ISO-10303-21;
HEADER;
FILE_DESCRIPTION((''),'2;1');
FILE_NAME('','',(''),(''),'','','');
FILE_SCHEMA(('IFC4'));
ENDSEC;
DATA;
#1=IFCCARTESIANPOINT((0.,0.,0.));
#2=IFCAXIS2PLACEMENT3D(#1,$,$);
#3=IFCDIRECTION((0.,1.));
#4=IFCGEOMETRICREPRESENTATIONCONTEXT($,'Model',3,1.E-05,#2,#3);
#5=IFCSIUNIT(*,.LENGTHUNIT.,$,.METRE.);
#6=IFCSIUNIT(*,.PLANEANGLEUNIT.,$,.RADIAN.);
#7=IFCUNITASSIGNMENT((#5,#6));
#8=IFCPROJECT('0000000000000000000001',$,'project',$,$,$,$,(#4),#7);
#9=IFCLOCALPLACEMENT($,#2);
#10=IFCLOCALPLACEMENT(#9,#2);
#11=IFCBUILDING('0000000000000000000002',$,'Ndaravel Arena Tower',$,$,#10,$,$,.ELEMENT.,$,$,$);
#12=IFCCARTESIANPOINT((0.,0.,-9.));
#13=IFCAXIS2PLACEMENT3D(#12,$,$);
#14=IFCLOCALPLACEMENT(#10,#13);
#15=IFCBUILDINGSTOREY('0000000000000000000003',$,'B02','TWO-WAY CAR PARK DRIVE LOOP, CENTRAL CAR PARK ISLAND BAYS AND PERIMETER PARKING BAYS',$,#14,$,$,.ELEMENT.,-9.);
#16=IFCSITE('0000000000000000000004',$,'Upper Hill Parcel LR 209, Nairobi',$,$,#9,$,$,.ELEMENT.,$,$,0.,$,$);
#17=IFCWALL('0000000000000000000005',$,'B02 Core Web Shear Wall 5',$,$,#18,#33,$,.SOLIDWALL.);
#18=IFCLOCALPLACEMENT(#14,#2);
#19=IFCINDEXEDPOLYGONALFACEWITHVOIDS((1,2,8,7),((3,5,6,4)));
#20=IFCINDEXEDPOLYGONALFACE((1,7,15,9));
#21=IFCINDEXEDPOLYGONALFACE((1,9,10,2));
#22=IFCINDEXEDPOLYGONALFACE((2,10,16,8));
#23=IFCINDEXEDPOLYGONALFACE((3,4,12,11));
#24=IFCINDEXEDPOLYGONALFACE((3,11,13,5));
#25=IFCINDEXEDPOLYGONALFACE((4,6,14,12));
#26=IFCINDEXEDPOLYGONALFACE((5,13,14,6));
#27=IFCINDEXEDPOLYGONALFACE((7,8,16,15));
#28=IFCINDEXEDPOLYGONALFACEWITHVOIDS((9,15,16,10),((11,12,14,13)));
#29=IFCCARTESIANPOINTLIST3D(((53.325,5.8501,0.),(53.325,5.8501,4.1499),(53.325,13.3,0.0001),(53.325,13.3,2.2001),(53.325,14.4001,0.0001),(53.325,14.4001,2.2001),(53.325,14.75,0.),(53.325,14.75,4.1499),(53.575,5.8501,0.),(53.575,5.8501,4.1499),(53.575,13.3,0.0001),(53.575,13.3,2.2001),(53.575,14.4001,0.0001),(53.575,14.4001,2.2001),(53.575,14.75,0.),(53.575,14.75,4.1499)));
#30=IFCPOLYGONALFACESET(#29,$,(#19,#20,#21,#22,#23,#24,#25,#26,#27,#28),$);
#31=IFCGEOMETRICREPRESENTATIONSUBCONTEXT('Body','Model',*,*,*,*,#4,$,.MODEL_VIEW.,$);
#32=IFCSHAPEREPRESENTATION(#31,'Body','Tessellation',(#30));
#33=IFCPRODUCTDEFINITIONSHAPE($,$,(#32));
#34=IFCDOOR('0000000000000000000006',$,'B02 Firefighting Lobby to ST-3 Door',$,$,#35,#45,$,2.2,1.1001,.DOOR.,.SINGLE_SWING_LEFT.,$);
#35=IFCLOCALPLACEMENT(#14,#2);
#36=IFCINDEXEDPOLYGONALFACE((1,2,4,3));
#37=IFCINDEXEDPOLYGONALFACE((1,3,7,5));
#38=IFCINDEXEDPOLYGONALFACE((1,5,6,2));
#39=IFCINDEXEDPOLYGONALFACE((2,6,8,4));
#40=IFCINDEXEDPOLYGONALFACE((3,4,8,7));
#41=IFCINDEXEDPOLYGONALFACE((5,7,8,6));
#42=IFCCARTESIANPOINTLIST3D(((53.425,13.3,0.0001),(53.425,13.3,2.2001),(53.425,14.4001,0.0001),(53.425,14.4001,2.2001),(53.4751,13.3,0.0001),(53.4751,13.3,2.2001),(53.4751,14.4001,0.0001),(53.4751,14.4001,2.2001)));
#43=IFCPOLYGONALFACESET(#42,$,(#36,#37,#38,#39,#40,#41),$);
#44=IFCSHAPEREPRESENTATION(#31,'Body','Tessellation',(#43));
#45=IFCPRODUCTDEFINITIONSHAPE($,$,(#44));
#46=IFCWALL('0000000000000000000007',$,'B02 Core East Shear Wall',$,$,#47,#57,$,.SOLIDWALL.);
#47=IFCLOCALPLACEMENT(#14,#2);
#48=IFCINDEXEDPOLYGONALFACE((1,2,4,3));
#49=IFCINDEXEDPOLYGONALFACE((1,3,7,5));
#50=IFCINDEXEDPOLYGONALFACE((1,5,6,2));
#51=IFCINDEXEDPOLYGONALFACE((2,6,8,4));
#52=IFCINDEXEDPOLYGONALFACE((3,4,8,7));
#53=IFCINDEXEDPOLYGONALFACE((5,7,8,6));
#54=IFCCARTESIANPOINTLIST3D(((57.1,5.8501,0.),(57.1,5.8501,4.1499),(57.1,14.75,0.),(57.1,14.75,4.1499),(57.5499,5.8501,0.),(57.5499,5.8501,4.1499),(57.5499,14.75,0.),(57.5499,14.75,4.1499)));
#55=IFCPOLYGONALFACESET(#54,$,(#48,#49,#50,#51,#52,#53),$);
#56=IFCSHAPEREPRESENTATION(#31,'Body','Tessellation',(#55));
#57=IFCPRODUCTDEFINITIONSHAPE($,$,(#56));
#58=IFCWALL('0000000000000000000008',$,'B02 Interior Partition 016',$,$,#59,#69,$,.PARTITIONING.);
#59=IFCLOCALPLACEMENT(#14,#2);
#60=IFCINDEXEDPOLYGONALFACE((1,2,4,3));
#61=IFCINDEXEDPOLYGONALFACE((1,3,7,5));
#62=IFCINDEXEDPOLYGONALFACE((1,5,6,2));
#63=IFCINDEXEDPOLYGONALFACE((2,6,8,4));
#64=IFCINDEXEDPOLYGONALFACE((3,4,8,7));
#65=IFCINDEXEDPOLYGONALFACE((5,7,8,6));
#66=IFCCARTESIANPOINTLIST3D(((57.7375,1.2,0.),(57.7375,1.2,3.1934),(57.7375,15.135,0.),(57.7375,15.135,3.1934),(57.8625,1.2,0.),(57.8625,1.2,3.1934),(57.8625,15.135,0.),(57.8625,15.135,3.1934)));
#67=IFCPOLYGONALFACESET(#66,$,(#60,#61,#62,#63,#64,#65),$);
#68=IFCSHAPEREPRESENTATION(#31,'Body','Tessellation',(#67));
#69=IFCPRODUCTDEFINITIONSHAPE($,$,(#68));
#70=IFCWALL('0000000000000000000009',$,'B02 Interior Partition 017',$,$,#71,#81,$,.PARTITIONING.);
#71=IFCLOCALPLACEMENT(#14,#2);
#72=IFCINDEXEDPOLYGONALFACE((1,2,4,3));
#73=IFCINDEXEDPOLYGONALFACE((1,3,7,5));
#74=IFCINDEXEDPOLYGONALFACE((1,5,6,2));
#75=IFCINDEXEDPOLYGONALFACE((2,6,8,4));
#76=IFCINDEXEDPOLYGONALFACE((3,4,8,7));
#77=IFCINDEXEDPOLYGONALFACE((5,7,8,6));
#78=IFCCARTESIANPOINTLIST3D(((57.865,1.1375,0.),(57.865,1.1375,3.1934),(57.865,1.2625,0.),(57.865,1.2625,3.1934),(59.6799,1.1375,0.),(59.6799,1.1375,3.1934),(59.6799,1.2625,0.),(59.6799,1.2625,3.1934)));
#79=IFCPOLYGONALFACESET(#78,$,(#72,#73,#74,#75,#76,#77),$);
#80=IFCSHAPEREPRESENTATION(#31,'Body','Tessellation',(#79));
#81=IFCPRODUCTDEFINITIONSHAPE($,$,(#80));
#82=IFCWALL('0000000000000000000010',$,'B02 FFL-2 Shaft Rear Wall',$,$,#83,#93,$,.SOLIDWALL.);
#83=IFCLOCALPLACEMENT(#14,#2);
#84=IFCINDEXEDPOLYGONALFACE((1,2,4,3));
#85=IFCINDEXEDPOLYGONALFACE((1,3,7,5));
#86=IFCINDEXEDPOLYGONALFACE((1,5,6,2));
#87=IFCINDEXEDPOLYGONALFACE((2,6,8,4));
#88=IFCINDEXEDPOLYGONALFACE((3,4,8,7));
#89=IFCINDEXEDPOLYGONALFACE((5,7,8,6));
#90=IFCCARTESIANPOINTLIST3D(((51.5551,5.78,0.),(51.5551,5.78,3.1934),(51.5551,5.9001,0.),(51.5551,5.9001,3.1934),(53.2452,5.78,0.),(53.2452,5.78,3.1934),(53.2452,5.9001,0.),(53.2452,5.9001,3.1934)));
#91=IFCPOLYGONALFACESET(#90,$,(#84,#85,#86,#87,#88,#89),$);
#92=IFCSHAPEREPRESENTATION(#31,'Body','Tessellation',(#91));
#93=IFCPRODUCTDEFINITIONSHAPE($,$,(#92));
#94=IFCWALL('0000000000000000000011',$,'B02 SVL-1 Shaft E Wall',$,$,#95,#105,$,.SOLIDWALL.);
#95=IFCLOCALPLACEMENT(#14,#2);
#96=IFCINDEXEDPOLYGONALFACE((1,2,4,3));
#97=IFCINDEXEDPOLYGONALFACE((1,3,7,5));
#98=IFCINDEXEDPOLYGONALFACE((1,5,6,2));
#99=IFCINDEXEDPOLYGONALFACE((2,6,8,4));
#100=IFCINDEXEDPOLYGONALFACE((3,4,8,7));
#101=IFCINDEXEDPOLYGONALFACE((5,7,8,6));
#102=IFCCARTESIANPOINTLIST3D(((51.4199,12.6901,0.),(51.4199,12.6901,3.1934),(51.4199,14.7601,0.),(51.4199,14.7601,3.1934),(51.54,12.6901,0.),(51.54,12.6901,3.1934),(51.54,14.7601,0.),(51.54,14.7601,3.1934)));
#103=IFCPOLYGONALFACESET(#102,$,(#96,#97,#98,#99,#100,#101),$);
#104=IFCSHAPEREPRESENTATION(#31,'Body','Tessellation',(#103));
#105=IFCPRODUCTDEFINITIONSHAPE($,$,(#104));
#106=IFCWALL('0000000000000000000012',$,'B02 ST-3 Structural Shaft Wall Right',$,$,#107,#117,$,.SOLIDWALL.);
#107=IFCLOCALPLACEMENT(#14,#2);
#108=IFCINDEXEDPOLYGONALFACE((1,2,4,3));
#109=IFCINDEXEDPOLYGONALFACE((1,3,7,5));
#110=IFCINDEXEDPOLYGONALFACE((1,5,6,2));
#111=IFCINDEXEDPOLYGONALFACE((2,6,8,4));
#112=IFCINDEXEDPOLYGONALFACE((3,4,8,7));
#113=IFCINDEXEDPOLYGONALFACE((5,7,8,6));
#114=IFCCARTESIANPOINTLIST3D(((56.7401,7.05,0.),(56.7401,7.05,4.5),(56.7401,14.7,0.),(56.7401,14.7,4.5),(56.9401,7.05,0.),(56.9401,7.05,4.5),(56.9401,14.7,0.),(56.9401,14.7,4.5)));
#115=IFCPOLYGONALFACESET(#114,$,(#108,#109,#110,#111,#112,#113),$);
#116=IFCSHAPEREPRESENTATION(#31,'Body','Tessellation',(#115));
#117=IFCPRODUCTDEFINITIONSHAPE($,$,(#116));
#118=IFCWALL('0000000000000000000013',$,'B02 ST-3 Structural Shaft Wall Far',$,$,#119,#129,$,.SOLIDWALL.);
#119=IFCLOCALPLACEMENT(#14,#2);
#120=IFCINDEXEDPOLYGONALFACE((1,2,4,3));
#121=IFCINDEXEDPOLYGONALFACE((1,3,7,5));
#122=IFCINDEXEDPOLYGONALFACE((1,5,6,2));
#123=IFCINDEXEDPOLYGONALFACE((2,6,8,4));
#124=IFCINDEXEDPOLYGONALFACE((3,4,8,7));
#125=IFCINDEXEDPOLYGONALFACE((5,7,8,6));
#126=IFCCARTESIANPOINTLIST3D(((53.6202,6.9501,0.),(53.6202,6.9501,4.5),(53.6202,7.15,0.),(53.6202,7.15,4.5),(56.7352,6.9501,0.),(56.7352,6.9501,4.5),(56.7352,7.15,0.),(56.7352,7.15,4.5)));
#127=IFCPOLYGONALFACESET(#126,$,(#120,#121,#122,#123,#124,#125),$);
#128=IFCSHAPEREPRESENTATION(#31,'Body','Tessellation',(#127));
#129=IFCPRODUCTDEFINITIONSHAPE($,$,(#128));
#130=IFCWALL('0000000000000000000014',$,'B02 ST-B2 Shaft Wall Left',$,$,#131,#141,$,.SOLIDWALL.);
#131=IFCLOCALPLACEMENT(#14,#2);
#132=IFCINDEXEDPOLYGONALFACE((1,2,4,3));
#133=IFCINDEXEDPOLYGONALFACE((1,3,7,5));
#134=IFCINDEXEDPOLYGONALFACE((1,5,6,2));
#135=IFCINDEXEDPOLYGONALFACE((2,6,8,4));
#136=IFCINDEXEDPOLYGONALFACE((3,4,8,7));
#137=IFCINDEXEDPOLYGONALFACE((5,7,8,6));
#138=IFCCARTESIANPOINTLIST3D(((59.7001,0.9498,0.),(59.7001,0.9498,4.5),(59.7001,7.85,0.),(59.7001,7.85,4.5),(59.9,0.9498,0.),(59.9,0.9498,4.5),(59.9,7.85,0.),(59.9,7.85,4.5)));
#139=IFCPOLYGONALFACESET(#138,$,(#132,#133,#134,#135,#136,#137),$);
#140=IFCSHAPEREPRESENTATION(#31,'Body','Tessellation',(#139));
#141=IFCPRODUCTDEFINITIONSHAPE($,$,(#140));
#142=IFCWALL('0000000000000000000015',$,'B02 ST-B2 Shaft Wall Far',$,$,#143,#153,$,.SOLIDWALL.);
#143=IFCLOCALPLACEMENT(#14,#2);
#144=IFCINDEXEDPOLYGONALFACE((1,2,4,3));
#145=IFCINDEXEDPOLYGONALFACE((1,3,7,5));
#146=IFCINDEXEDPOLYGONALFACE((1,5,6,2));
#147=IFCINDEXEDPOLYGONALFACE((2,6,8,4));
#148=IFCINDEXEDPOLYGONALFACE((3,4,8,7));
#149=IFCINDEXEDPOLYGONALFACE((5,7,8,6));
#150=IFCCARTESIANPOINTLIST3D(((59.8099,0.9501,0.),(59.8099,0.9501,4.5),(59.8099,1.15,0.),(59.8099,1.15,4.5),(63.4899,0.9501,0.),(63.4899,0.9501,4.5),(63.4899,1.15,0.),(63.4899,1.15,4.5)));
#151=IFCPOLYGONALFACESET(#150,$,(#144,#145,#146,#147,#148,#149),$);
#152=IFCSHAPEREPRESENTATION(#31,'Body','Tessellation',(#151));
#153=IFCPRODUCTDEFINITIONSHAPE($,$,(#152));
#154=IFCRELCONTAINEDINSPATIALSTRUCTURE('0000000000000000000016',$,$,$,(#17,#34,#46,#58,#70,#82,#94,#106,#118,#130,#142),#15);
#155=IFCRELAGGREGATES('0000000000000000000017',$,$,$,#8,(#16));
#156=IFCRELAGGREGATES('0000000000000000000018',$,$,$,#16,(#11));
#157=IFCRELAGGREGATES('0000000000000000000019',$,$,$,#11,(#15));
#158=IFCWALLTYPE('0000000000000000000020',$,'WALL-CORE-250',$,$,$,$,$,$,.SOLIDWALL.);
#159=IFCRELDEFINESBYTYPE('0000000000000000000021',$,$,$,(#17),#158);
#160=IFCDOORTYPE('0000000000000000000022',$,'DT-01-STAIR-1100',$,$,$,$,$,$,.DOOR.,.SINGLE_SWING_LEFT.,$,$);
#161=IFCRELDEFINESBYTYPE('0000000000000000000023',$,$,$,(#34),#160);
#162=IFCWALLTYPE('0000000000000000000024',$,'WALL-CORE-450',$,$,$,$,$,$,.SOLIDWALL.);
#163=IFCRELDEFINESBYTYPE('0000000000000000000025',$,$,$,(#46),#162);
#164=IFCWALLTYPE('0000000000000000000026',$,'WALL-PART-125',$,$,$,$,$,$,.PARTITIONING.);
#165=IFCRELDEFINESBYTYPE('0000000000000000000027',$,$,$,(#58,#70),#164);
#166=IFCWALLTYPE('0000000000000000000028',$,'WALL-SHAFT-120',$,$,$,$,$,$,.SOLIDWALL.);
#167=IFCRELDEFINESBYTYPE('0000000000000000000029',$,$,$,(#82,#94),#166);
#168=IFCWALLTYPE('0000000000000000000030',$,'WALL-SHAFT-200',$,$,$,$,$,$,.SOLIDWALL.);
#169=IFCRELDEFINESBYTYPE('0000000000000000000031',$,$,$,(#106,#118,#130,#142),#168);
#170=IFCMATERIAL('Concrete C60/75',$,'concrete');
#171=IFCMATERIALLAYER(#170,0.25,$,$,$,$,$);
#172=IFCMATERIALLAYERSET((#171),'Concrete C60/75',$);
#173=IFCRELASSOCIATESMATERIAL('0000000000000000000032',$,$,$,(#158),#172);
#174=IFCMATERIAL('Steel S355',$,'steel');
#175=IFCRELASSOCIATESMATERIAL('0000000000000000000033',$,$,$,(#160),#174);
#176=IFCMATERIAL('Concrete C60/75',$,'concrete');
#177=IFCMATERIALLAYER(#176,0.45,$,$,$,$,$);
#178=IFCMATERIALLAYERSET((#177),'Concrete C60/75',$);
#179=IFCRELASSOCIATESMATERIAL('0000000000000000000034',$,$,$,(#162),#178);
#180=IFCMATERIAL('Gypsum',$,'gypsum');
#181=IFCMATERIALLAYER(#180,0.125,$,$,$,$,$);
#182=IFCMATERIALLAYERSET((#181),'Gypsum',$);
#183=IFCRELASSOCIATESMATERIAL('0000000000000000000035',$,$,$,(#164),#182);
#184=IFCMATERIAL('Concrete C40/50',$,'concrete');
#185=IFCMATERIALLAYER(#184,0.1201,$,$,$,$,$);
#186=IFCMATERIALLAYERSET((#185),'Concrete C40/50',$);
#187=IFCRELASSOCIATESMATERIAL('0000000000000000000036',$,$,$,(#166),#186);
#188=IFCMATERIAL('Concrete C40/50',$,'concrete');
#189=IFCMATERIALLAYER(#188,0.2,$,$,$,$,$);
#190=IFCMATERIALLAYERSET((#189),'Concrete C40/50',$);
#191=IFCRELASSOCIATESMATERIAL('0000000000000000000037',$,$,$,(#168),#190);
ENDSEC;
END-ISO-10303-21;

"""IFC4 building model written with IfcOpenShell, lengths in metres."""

from ifc_helpers import new_model, si_unit, direction, frame, frame_2d, origin, place, context, subcontext, project, spatial, rectangle, extrude, material, layer, layer_set, type_object, element, fill, save


model = new_model("IFC4")

# Units and contexts
model_context = context("Model", 3, precision=1e-05, world=origin(), true_north=direction((0.0, 1.0)))
body_context = subcontext(model_context, "Body", "Model", "MODEL_VIEW")
ifc_project = project(units=[si_unit("LENGTHUNIT", "METRE"), si_unit("PLANEANGLEUNIT", "RADIAN")], contexts=[model_context])

# Site, building, storey
site_placement = place(None, origin())
site = spatial("IfcSite", under=ifc_project, at=site_placement, Name="Upper Hill Parcel LR 209, Nairobi", CompositionType="ELEMENT", RefElevation=0.0)
building_placement = place(site_placement, origin())
building = spatial("IfcBuilding", under=site, at=building_placement, Name="Ndaravel Arena Tower", CompositionType="ELEMENT")
storey_placement = place(building_placement, frame((0.0, 0.0, -9.0)))
storey = spatial("IfcBuildingStorey", under=building, at=storey_placement, Name="B02", Description="TWO-WAY CAR PARK DRIVE LOOP, CENTRAL CAR PARK ISLAND BAYS AND PERIMETER PARKING BAYS", CompositionType="ELEMENT", Elevation=-9.0)

# Wall, opening, door
ifc_material_1 = material(Name="Concrete C60/75", Category="concrete")
ifc_layer_1 = layer(ifc_material_1, 0.25)
ifc_layer_set_1 = layer_set([ifc_layer_1], Name="Concrete C60/75")
wall_type_1 = type_object("IfcWallType", Name="WALL-CORE-250", PredefinedType="SOLIDWALL", material=ifc_layer_set_1)
wall_1_placement = place(storey_placement, frame((53.45, 5.8501, 0.0), z_axis=(0.0, 0.0, 1.0), x_axis=(0.0, 1.0, 0.0)))
wall_1 = element("IfcWall", 1, at=wall_1_placement, inside=storey, type_object=wall_type_1, Name="B02 Core Web Shear Wall 5", PredefinedType="SOLIDWALL", context=body_context, shape_type="SweptSolid", body=[
    extrude(rectangle(XDim=8.8999, YDim=0.25, at=frame_2d((4.45, 0.0))), origin(), (0.0, 0.0, 1.0), 4.1499),
])
opening_1_placement = place(wall_1_placement, frame((7.45, 0.0, 0.0)))
opening_1 = element("IfcOpeningElement", 2, at=opening_1_placement, cuts=wall_1, PredefinedType="OPENING", context=body_context, shape_type="SweptSolid", body=[
    extrude(rectangle(XDim=1.1001, YDim=2.2, at=frame_2d((0.55, 1.1001))), frame((0.0, 0.125, 0.0), z_axis=(0.0, -1.0, 0.0), x_axis=(1.0, 0.0, 0.0)), (0.0, 0.0, 1.0), 0.25),
])
ifc_material_2 = material(Name="Steel S355", Category="steel")
door_type_1 = type_object("IfcDoorType", Name="DT-01-STAIR-1100", OperationType="SINGLE_SWING_LEFT", PredefinedType="DOOR", material=ifc_material_2)
door_1_placement = place(opening_1_placement, origin())
door_1 = element("IfcDoor", 3, at=door_1_placement, inside=storey, type_object=door_type_1, Name="B02 Firefighting Lobby to ST-3 Door", OperationType="SINGLE_SWING_LEFT", OverallHeight=2.2, OverallWidth=1.1001, PredefinedType="DOOR", context=body_context, shape_type="SweptSolid", body=[
    extrude(rectangle(XDim=1.1001, YDim=2.2, at=frame_2d((0.55, 1.1001))), frame((0.0, 0.0249, 0.0), z_axis=(0.0, -1.0, 0.0), x_axis=(1.0, 0.0, 0.0)), (0.0, 0.0, 1.0), 0.05),
])
fill(opening_1, door_1)

# Walls
ifc_material_3 = material(Name="Concrete C60/75", Category="concrete")
ifc_layer_2 = layer(ifc_material_3, 0.45)
ifc_layer_set_2 = layer_set([ifc_layer_2], Name="Concrete C60/75")
wall_type_2 = type_object("IfcWallType", Name="WALL-CORE-450", PredefinedType="SOLIDWALL", material=ifc_layer_set_2)
wall_2_placement = place(storey_placement, frame((57.325, 5.8501, 0.0), z_axis=(0.0, 0.0, 1.0), x_axis=(0.0, 1.0, 0.0)))
element("IfcWall", 4, at=wall_2_placement, inside=storey, type_object=wall_type_2, Name="B02 Core East Shear Wall", PredefinedType="SOLIDWALL", context=body_context, shape_type="SweptSolid", body=[
    extrude(rectangle(XDim=8.8999, YDim=0.45, at=frame_2d((4.45, 0.0))), origin(), (0.0, 0.0, 1.0), 4.1499),
])
ifc_material_4 = material(Name="Gypsum", Category="gypsum")
ifc_layer_3 = layer(ifc_material_4, 0.125)
ifc_layer_set_3 = layer_set([ifc_layer_3], Name="Gypsum")
wall_type_3 = type_object("IfcWallType", Name="WALL-PART-125", PredefinedType="PARTITIONING", material=ifc_layer_set_3)
wall_3_placement = place(storey_placement, frame((57.8, 15.135, 0.0), z_axis=(0.0, 0.0, 1.0), x_axis=(0.0, -1.0, 0.0)))
element("IfcWall", 5, at=wall_3_placement, inside=storey, type_object=wall_type_3, Name="B02 Interior Partition 016", PredefinedType="PARTITIONING", context=body_context, shape_type="SweptSolid", body=[
    extrude(rectangle(XDim=13.9351, YDim=0.125, at=frame_2d((6.9675, 0.0))), origin(), (0.0, 0.0, 1.0), 3.1934),
])
wall_4_placement = place(storey_placement, frame((57.865, 1.2, 0.0), z_axis=(0.0, 0.0, 1.0), x_axis=(1.0, 0.0, 0.0)))
element("IfcWall", 6, at=wall_4_placement, inside=storey, type_object=wall_type_3, Name="B02 Interior Partition 017", PredefinedType="PARTITIONING", context=body_context, shape_type="SweptSolid", body=[
    extrude(rectangle(XDim=1.8149, YDim=0.125, at=frame_2d((0.9075, 0.0))), origin(), (0.0, 0.0, 1.0), 3.1934),
])
ifc_material_5 = material(Name="Concrete C40/50", Category="concrete")
ifc_layer_4 = layer(ifc_material_5, 0.1201)
ifc_layer_set_4 = layer_set([ifc_layer_4], Name="Concrete C40/50")
wall_type_4 = type_object("IfcWallType", Name="WALL-SHAFT-120", PredefinedType="SOLIDWALL", material=ifc_layer_set_4)
wall_5_placement = place(storey_placement, frame((51.5549, 5.8401, 0.0), z_axis=(0.0, 0.0, 1.0), x_axis=(1.0, 0.0, 0.0)))
element("IfcWall", 7, at=wall_5_placement, inside=storey, type_object=wall_type_4, Name="B02 FFL-2 Shaft Rear Wall", PredefinedType="SOLIDWALL", context=body_context, shape_type="SweptSolid", body=[
    extrude(rectangle(XDim=1.6902, YDim=0.1201, at=frame_2d((0.8452, 0.0))), origin(), (0.0, 0.0, 1.0), 3.1934),
])
wall_6_placement = place(storey_placement, frame((51.48, 12.6899, 0.0), z_axis=(0.0, 0.0, 1.0), x_axis=(0.0, 1.0, 0.0)))
element("IfcWall", 8, at=wall_6_placement, inside=storey, type_object=wall_type_4, Name="B02 SVL-1 Shaft E Wall", PredefinedType="SOLIDWALL", context=body_context, shape_type="SweptSolid", body=[
    extrude(rectangle(XDim=2.0701, YDim=0.1201, at=frame_2d((1.0352, 0.0))), origin(), (0.0, 0.0, 1.0), 3.1934),
])
ifc_material_6 = material(Name="Concrete C40/50", Category="concrete")
ifc_layer_5 = layer(ifc_material_6, 0.2)
ifc_layer_set_5 = layer_set([ifc_layer_5], Name="Concrete C40/50")
wall_type_5 = type_object("IfcWallType", Name="WALL-SHAFT-200", PredefinedType="SOLIDWALL", material=ifc_layer_set_5)
wall_7_placement = place(storey_placement, frame((56.8401, 14.7, 0.0), z_axis=(0.0, 0.0, 1.0), x_axis=(0.0, -1.0, 0.0)))
element("IfcWall", 9, at=wall_7_placement, inside=storey, type_object=wall_type_5, Name="B02 ST-3 Structural Shaft Wall Right", PredefinedType="SOLIDWALL", context=body_context, shape_type="SweptSolid", body=[
    extrude(rectangle(XDim=7.6499, YDim=0.2, at=frame_2d((3.825, 0.0))), origin(), (0.0, 0.0, 1.0), 4.5),
])
wall_8_placement = place(storey_placement, frame((53.6201, 7.05, 0.0), z_axis=(0.0, 0.0, 1.0), x_axis=(1.0, 0.0, 0.0)))
element("IfcWall", 10, at=wall_8_placement, inside=storey, type_object=wall_type_5, Name="B02 ST-3 Structural Shaft Wall Far", PredefinedType="SOLIDWALL", context=body_context, shape_type="SweptSolid", body=[
    extrude(rectangle(XDim=3.115, YDim=0.2, at=frame_2d((1.5576, 0.0))), origin(), (0.0, 0.0, 1.0), 4.5),
])
wall_9_placement = place(storey_placement, frame((59.8, 7.8501, 0.0), z_axis=(0.0, 0.0, 1.0), x_axis=(0.0, -1.0, 0.0)))
element("IfcWall", 11, at=wall_9_placement, inside=storey, type_object=wall_type_5, Name="B02 ST-B2 Shaft Wall Left", PredefinedType="SOLIDWALL", context=body_context, shape_type="SweptSolid", body=[
    extrude(rectangle(XDim=6.9001, YDim=0.2, at=frame_2d((3.4502, 0.0))), origin(), (0.0, 0.0, 1.0), 4.5),
])
wall_10_placement = place(storey_placement, frame((59.8101, 1.05, 0.0), z_axis=(0.0, 0.0, 1.0), x_axis=(1.0, 0.0, 0.0)))
element("IfcWall", 12, at=wall_10_placement, inside=storey, type_object=wall_type_5, Name="B02 ST-B2 Shaft Wall Far", PredefinedType="SOLIDWALL", context=body_context, shape_type="SweptSolid", body=[
    extrude(rectangle(XDim=3.6799, YDim=0.2, at=frame_2d((1.8398, 0.0))), origin(), (0.0, 0.0, 1.0), 4.5),
])

save(model, "model.ifc")
